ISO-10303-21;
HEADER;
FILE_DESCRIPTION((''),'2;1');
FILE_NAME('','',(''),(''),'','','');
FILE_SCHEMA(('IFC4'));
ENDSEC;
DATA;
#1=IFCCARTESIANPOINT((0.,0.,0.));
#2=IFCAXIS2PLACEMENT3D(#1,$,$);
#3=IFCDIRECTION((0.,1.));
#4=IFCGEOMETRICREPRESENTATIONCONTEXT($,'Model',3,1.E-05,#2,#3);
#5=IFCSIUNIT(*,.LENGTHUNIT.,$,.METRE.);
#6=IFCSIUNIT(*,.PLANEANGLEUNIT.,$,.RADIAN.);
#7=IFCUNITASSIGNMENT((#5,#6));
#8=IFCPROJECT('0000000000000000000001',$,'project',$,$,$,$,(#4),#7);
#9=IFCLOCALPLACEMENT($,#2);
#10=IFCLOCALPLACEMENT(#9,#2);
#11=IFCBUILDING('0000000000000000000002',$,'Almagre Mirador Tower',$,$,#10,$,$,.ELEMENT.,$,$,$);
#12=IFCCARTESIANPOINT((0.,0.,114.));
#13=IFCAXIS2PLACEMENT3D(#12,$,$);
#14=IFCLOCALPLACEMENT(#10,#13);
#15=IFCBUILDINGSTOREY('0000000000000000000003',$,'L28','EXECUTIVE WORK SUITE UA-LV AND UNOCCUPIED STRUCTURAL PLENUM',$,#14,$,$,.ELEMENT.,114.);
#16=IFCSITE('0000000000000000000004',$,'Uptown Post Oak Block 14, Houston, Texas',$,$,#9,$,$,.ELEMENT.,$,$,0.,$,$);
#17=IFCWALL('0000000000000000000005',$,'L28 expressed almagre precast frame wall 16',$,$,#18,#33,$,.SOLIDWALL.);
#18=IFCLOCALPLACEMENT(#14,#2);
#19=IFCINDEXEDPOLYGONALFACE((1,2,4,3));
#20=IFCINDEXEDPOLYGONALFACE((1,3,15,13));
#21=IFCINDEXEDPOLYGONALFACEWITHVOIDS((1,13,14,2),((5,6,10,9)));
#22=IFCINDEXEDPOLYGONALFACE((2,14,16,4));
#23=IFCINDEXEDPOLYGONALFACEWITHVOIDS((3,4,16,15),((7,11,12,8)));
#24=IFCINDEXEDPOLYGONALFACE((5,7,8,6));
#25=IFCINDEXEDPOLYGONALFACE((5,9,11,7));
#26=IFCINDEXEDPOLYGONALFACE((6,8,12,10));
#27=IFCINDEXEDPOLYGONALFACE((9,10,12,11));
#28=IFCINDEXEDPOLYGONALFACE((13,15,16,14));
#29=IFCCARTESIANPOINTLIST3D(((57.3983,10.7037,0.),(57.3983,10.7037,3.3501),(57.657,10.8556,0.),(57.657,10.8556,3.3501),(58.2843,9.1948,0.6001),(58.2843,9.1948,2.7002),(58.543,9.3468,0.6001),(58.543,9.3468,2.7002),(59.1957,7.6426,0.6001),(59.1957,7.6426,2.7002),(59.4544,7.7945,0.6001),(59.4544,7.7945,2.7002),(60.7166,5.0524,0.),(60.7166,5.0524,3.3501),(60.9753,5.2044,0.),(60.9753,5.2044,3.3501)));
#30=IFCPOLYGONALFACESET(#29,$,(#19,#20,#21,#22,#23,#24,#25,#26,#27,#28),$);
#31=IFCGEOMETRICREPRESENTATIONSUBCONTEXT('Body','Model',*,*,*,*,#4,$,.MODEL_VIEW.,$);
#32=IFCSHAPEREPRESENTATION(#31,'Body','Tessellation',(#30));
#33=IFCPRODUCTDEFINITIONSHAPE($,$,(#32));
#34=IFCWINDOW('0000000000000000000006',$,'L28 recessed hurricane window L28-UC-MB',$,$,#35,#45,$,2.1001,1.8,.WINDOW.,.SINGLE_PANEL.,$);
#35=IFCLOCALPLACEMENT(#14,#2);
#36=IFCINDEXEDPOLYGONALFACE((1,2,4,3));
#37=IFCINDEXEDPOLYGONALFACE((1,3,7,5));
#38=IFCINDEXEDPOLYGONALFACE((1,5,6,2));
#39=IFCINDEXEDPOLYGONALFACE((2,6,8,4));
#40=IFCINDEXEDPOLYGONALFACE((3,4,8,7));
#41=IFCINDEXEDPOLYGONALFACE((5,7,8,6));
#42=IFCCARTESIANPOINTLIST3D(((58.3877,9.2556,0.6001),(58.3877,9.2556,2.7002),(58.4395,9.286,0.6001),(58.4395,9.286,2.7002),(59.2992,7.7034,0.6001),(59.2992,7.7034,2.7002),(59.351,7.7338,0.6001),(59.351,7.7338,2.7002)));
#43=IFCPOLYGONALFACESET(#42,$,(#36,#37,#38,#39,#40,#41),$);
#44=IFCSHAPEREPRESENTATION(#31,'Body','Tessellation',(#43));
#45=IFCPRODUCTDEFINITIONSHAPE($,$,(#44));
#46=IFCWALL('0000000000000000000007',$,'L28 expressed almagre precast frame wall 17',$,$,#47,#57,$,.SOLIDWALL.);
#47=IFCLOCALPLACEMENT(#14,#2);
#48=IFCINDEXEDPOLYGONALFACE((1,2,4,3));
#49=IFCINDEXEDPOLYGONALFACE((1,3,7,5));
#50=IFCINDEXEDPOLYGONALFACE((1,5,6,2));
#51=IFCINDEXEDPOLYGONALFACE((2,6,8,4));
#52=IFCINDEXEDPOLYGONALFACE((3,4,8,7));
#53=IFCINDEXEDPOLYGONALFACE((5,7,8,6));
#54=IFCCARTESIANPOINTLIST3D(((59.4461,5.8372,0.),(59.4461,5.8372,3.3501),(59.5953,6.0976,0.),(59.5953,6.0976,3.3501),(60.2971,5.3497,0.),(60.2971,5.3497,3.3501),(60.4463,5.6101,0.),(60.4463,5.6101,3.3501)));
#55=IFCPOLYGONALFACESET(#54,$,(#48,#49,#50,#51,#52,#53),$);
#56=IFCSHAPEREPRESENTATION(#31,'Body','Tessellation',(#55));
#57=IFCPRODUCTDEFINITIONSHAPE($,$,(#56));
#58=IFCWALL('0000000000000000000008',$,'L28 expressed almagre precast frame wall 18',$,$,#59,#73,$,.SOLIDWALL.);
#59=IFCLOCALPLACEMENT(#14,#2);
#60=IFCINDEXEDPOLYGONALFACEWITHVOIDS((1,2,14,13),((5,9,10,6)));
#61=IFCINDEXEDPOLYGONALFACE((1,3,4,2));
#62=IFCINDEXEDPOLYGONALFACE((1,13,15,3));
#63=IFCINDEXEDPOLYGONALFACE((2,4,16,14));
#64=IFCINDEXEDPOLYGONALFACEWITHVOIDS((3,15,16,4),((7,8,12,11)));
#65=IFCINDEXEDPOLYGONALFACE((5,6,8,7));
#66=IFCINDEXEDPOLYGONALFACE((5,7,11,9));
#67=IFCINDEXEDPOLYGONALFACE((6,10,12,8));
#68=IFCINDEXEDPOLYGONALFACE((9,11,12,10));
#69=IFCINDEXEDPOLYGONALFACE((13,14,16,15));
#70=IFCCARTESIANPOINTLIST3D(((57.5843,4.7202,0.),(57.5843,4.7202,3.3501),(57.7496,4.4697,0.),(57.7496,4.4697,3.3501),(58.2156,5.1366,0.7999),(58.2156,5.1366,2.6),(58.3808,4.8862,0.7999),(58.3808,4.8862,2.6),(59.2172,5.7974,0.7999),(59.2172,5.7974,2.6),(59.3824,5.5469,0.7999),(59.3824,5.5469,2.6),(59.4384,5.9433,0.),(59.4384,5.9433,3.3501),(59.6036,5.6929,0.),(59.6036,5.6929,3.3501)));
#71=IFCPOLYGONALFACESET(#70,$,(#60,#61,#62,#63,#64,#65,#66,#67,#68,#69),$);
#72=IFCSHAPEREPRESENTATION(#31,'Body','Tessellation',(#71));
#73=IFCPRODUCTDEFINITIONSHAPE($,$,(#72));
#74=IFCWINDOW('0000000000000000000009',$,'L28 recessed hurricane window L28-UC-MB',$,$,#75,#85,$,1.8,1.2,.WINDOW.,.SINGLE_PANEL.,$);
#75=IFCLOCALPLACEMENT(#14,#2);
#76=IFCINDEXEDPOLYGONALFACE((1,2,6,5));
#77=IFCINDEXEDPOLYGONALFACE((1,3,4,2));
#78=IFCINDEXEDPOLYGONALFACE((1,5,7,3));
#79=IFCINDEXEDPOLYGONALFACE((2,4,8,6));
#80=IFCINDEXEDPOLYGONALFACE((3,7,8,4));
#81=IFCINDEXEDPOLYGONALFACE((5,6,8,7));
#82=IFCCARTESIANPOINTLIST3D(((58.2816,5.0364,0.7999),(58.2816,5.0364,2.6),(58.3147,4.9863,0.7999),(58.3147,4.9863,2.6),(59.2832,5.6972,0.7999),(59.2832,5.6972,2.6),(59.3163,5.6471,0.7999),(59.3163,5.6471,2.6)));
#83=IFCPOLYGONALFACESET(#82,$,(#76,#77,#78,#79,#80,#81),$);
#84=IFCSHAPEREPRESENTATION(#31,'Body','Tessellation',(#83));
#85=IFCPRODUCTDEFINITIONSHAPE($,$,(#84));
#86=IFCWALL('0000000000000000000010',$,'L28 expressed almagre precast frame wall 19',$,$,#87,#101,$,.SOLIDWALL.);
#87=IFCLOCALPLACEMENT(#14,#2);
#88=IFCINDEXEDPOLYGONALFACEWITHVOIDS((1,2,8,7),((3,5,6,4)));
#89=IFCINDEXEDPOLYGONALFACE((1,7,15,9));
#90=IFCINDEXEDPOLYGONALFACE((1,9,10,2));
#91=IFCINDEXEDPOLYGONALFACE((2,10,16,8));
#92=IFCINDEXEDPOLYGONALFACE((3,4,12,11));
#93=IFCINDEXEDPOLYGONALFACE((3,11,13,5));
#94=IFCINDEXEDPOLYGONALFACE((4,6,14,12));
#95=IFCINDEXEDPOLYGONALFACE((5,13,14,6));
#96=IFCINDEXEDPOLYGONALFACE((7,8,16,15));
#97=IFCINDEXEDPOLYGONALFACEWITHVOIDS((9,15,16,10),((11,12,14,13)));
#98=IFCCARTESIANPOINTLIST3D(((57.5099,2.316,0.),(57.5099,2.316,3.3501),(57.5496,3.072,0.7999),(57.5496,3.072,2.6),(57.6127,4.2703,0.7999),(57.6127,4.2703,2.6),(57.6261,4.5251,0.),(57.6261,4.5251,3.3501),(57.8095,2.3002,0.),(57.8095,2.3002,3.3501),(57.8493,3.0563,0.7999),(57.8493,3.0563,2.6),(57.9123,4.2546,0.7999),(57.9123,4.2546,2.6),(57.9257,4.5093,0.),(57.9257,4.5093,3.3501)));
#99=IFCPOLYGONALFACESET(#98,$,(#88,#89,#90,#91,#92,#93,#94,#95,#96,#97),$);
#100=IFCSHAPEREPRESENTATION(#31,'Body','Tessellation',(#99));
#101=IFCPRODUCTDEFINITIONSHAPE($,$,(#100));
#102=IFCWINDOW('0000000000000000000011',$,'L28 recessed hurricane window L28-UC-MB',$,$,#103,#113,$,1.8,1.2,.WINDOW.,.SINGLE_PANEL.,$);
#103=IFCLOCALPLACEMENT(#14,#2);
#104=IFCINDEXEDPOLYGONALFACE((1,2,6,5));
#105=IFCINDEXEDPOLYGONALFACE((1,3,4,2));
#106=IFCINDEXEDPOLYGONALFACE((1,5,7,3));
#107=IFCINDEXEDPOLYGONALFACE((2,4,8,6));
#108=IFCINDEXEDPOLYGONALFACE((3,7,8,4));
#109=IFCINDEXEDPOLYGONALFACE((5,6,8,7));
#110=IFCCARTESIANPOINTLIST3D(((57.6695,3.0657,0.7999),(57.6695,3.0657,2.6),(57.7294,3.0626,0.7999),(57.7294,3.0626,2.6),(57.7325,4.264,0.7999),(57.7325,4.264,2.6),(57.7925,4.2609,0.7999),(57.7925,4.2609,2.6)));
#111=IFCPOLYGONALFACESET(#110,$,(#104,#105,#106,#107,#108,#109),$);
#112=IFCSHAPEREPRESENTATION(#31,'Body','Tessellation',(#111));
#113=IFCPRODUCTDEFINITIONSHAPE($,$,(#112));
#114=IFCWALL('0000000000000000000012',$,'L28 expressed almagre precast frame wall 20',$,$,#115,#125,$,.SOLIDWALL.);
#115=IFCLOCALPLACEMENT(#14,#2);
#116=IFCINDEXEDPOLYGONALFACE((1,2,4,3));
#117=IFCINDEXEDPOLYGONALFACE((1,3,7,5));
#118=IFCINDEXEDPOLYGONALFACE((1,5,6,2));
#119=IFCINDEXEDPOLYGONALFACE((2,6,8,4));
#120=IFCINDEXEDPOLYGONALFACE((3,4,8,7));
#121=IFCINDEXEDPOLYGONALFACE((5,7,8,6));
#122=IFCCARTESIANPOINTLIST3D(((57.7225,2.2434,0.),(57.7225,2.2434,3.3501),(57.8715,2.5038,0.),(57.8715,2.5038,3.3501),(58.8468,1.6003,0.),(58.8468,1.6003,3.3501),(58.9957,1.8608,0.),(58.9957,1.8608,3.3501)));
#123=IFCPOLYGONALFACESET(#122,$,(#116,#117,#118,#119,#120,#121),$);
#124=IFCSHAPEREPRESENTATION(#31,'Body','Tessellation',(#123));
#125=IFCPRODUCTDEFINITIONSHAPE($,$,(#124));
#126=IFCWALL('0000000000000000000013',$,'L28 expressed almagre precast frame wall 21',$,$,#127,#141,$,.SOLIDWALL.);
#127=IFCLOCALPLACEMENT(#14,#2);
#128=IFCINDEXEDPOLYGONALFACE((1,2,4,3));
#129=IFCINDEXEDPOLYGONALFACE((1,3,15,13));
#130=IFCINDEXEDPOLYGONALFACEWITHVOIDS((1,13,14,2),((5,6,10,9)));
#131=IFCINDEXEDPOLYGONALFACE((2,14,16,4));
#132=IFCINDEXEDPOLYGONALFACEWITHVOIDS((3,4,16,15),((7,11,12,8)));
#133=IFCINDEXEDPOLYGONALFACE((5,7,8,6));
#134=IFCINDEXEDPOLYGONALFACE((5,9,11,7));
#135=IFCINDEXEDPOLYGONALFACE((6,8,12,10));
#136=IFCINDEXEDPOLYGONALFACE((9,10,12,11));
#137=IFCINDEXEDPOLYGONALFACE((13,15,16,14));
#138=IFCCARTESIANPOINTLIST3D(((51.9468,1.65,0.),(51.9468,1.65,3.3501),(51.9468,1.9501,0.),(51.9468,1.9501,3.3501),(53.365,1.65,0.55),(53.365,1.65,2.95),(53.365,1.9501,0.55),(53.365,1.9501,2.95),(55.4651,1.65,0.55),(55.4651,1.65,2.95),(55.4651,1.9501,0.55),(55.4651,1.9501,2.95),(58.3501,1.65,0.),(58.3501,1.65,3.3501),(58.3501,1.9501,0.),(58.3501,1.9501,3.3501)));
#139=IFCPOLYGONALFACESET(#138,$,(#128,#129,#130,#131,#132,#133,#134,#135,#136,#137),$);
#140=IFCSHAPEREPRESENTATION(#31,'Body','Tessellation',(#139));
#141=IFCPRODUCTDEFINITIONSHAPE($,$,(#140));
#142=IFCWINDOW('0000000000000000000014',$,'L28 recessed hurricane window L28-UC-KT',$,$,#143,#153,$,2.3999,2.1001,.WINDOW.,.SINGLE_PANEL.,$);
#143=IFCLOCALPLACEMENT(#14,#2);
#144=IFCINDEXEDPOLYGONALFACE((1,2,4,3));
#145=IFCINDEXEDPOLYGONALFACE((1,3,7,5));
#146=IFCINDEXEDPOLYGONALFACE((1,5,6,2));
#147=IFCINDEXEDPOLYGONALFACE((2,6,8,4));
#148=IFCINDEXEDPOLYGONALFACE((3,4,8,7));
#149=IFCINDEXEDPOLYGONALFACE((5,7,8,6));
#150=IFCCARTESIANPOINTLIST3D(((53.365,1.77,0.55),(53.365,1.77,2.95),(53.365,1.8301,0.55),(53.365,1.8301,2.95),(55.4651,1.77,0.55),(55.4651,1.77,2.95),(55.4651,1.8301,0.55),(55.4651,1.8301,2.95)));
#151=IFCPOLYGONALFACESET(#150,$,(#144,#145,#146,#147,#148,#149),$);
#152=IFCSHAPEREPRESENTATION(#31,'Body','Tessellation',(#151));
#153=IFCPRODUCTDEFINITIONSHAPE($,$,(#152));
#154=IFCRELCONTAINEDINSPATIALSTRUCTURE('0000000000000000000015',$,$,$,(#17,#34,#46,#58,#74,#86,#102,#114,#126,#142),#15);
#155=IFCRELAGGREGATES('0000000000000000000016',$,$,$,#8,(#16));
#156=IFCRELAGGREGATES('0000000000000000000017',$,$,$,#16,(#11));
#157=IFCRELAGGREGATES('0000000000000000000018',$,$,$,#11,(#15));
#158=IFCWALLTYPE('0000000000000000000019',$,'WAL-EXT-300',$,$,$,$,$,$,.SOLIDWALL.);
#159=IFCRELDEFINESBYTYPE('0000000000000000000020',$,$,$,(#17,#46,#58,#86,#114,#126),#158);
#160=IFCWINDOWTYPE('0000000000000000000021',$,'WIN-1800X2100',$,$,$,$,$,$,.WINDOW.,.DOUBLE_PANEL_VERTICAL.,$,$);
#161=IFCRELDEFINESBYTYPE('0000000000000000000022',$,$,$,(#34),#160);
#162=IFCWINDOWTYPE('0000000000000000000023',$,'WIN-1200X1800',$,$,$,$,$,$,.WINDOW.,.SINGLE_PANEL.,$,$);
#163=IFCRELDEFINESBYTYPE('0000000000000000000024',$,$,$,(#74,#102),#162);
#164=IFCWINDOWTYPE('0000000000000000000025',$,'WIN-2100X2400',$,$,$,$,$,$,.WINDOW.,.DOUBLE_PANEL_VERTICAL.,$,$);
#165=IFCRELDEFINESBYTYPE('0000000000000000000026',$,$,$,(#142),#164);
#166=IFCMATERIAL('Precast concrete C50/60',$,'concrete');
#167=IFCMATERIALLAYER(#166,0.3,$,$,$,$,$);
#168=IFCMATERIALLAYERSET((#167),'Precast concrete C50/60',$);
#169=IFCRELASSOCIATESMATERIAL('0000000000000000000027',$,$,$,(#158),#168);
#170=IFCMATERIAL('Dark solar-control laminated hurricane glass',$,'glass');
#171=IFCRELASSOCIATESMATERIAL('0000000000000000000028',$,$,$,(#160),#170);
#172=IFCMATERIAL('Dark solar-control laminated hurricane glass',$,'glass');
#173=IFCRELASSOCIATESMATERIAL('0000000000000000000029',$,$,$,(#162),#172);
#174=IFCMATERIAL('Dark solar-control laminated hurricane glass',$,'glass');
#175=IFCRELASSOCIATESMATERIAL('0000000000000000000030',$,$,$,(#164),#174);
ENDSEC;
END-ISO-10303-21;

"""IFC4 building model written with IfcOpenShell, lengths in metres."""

from ifc_helpers import new_model, si_unit, direction, frame, frame_2d, origin, place, context, subcontext, project, spatial, rectangle, extrude, material, layer, layer_set, type_object, element, fill, save


model = new_model("IFC4")

# Units and contexts
model_context = context("Model", 3, precision=1e-05, world=origin(), true_north=direction((0.0, 1.0)))
body_context = subcontext(model_context, "Body", "Model", "MODEL_VIEW")
ifc_project = project(units=[si_unit("LENGTHUNIT", "METRE"), si_unit("PLANEANGLEUNIT", "RADIAN")], contexts=[model_context])

# Site, building, storey
site_placement = place(None, origin())
site = spatial("IfcSite", under=ifc_project, at=site_placement, Name="Uptown Post Oak Block 14, Houston, Texas", CompositionType="ELEMENT", RefElevation=0.0)
building_placement = place(site_placement, origin())
building = spatial("IfcBuilding", under=site, at=building_placement, Name="Almagre Mirador Tower", CompositionType="ELEMENT")
storey_placement = place(building_placement, frame((0.0, 0.0, 114.0)))
storey = spatial("IfcBuildingStorey", under=building, at=storey_placement, Name="L28", Description="EXECUTIVE WORK SUITE UA-LV AND UNOCCUPIED STRUCTURAL PLENUM", CompositionType="ELEMENT", Elevation=114.0)

# Shared definitions
ifc_material_1 = material(Name="Precast concrete C50/60", Category="concrete")
ifc_layer = layer(ifc_material_1, 0.3)
ifc_layer_set = layer_set([ifc_layer], Name="Precast concrete C50/60")
wall_type = type_object("IfcWallType", Name="WAL-EXT-300", PredefinedType="SOLIDWALL", material=ifc_layer_set)
ifc_material_2 = material(Name="Dark solar-control laminated hurricane glass", Category="glass")
window_type_1 = type_object("IfcWindowType", Name="WIN-1800X2100", PartitioningType="DOUBLE_PANEL_VERTICAL", PredefinedType="WINDOW", material=ifc_material_2)

# Wall, opening, window
wall_1_placement = place(storey_placement, frame((57.5276, 10.7798, 0.0), z_axis=(0.0, 0.0, 1.0), x_axis=(0.506343, -0.862332, 0.0)))
wall_1 = element("IfcWall", 1, at=wall_1_placement, inside=storey, type_object=wall_type, Name="L28 expressed almagre precast frame wall 16", PredefinedType="SOLIDWALL", context=body_context, shape_type="SweptSolid", body=[
    extrude(rectangle(XDim=6.5535, YDim=0.3, at=frame_2d((3.2769, 0.0))), origin(), (0.0, 0.0, 1.0), 3.3501),
])
opening_1_placement = place(wall_1_placement, frame((1.75, 0.0, 0.6001)))
opening_1 = element("IfcOpeningElement", 2, at=opening_1_placement, cuts=wall_1, PredefinedType="OPENING", context=body_context, shape_type="SweptSolid", body=[
    extrude(rectangle(XDim=1.8, YDim=2.1001, at=frame_2d((0.8999, 1.05))), frame((0.0, 0.1599, 0.0), z_axis=(0.0, -1.0, 0.0), x_axis=(1.0, 0.0, 0.0)), (0.0, 0.0, 1.0), 0.32),
])
window_1_placement = place(opening_1_placement, origin())
window_1 = element("IfcWindow", 3, at=window_1_placement, inside=storey, type_object=window_type_1, Name="L28 recessed hurricane window L28-UC-MB", OverallHeight=2.1001, OverallWidth=1.8, PartitioningType="SINGLE_PANEL", PredefinedType="WINDOW", context=body_context, shape_type="SweptSolid", body=[
    extrude(rectangle(XDim=1.8, YDim=2.1001, at=frame_2d((0.8999, 1.05))), frame((0.0, 0.03, 0.0), z_axis=(0.0, -1.0, 0.0), x_axis=(1.0, 0.0, 0.0)), (0.0, 0.0, 1.0), 0.0601),
])
fill(opening_1, window_1)

# Wall
wall_2_placement = place(storey_placement, frame((60.3716, 5.48, 0.0), z_axis=(0.0, 0.0, 1.0), x_axis=(-0.867707, 0.497077, 0.0)))
element("IfcWall", 4, at=wall_2_placement, inside=storey, type_object=wall_type, Name="L28 expressed almagre precast frame wall 17", PredefinedType="SOLIDWALL", context=body_context, shape_type="SweptSolid", body=[
    extrude(rectangle(XDim=0.9807, YDim=0.3, at=frame_2d((0.4902, 0.0))), origin(), (0.0, 0.0, 1.0), 3.3501),
])

# Walls, openings, windows
wall_3_placement = place(storey_placement, frame((59.521, 5.8181, 0.0), z_axis=(0.0, 0.0, 1.0), x_axis=(-0.834712, -0.550686, 0.0)))
wall_3 = element("IfcWall", 5, at=wall_3_placement, inside=storey, type_object=wall_type, Name="L28 expressed almagre precast frame wall 18", PredefinedType="SOLIDWALL", context=body_context, shape_type="SweptSolid", body=[
    extrude(rectangle(XDim=2.2212, YDim=0.3, at=frame_2d((1.1106, 0.0))), origin(), (0.0, 0.0, 1.0), 3.3501),
])
opening_2_placement = place(wall_3_placement, frame((0.2649, 0.0, 0.8)))
opening_2 = element("IfcOpeningElement", 6, at=opening_2_placement, cuts=wall_3, PredefinedType="OPENING", context=body_context, shape_type="SweptSolid", body=[
    extrude(rectangle(XDim=1.2, YDim=1.8, at=frame_2d((0.6001, 0.8999))), frame((0.0, 0.1599, 0.0), z_axis=(0.0, -1.0, 0.0), x_axis=(1.0, 0.0, 0.0)), (0.0, 0.0, 1.0), 0.32),
])
ifc_material_3 = material(Name="Dark solar-control laminated hurricane glass", Category="glass")
window_type_2 = type_object("IfcWindowType", Name="WIN-1200X1800", PartitioningType="SINGLE_PANEL", PredefinedType="WINDOW", material=ifc_material_3)
window_2_placement = place(opening_2_placement, origin())
window_2 = element("IfcWindow", 7, at=window_2_placement, inside=storey, type_object=window_type_2, Name="L28 recessed hurricane window L28-UC-MB", OverallHeight=1.8, OverallWidth=1.2, PartitioningType="SINGLE_PANEL", PredefinedType="WINDOW", context=body_context, shape_type="SweptSolid", body=[
    extrude(rectangle(XDim=1.2, YDim=1.8, at=frame_2d((0.6001, 0.8999))), frame((0.0, 0.03, 0.0), z_axis=(0.0, -1.0, 0.0), x_axis=(1.0, 0.0, 0.0)), (0.0, 0.0, 1.0), 0.0601),
])
fill(opening_2, window_2)
wall_4_placement = place(storey_placement, frame((57.7759, 4.5171, 0.0), z_axis=(0.0, 0.0, 1.0), x_axis=(-0.052536, -0.998619, 0.0)))
wall_4 = element("IfcWall", 8, at=wall_4_placement, inside=storey, type_object=wall_type, Name="L28 expressed almagre precast frame wall 19", PredefinedType="SOLIDWALL", context=body_context, shape_type="SweptSolid", body=[
    extrude(rectangle(XDim=2.2122, YDim=0.3, at=frame_2d((1.106, 0.0))), origin(), (0.0, 0.0, 1.0), 3.3501),
])
opening_3_placement = place(wall_4_placement, frame((0.2549, 0.0, 0.8)))
opening_3 = element("IfcOpeningElement", 9, at=opening_3_placement, cuts=wall_4, PredefinedType="OPENING", context=body_context, shape_type="SweptSolid", body=[
    extrude(rectangle(XDim=1.2, YDim=1.8, at=frame_2d((0.6001, 0.8999))), frame((0.0, 0.1599, 0.0), z_axis=(0.0, -1.0, 0.0), x_axis=(1.0, 0.0, 0.0)), (0.0, 0.0, 1.0), 0.32),
])
window_3_placement = place(opening_3_placement, origin())
window_3 = element("IfcWindow", 10, at=window_3_placement, inside=storey, type_object=window_type_2, Name="L28 recessed hurricane window L28-UC-MB", OverallHeight=1.8, OverallWidth=1.2, PartitioningType="SINGLE_PANEL", PredefinedType="WINDOW", context=body_context, shape_type="SweptSolid", body=[
    extrude(rectangle(XDim=1.2, YDim=1.8, at=frame_2d((0.6001, 0.8999))), frame((0.0, 0.03, 0.0), z_axis=(0.0, -1.0, 0.0), x_axis=(1.0, 0.0, 0.0)), (0.0, 0.0, 1.0), 0.0601),
])
fill(opening_3, window_3)

# Wall
wall_5_placement = place(storey_placement, frame((57.7971, 2.3735, 0.0), z_axis=(0.0, 0.0, 1.0), x_axis=(0.868034, -0.496504, 0.0)))
element("IfcWall", 11, at=wall_5_placement, inside=storey, type_object=wall_type, Name="L28 expressed almagre precast frame wall 20", PredefinedType="SOLIDWALL", context=body_context, shape_type="SweptSolid", body=[
    extrude(rectangle(XDim=1.2952, YDim=0.3, at=frame_2d((0.6475, 0.0))), origin(), (0.0, 0.0, 1.0), 3.3501),
])

# Wall, opening, window
wall_6_placement = place(storey_placement, frame((58.3501, 1.8, 0.0), z_axis=(0.0, 0.0, 1.0), x_axis=(-1.0, 0.0, 0.0)))
wall_6 = element("IfcWall", 12, at=wall_6_placement, inside=storey, type_object=wall_type, Name="L28 expressed almagre precast frame wall 21", PredefinedType="SOLIDWALL", context=body_context, shape_type="SweptSolid", body=[
    extrude(rectangle(XDim=6.4033, YDim=0.3, at=frame_2d((3.2017, 0.0))), origin(), (0.0, 0.0, 1.0), 3.3501),
])
opening_4_placement = place(wall_6_placement, frame((2.885, 0.0, 0.55)))
opening_4 = element("IfcOpeningElement", 13, at=opening_4_placement, cuts=wall_6, PredefinedType="OPENING", context=body_context, shape_type="SweptSolid", body=[
    extrude(rectangle(XDim=2.1001, YDim=2.3999, at=frame_2d((1.05, 1.2))), frame((0.0, 0.1599, 0.0), z_axis=(0.0, -1.0, 0.0), x_axis=(1.0, 0.0, 0.0)), (0.0, 0.0, 1.0), 0.32),
])
ifc_material_4 = material(Name="Dark solar-control laminated hurricane glass", Category="glass")
window_type_3 = type_object("IfcWindowType", Name="WIN-2100X2400", PartitioningType="DOUBLE_PANEL_VERTICAL", PredefinedType="WINDOW", material=ifc_material_4)
window_4_placement = place(opening_4_placement, origin())
window_4 = element("IfcWindow", 14, at=window_4_placement, inside=storey, type_object=window_type_3, Name="L28 recessed hurricane window L28-UC-KT", OverallHeight=2.3999, OverallWidth=2.1001, PartitioningType="SINGLE_PANEL", PredefinedType="WINDOW", context=body_context, shape_type="SweptSolid", body=[
    extrude(rectangle(XDim=2.1001, YDim=2.3999, at=frame_2d((1.05, 1.2))), frame((0.0, 0.03, 0.0), z_axis=(0.0, -1.0, 0.0), x_axis=(1.0, 0.0, 0.0)), (0.0, 0.0, 1.0), 0.0601),
])
fill(opening_4, window_4)

save(model, "model.ifc")
